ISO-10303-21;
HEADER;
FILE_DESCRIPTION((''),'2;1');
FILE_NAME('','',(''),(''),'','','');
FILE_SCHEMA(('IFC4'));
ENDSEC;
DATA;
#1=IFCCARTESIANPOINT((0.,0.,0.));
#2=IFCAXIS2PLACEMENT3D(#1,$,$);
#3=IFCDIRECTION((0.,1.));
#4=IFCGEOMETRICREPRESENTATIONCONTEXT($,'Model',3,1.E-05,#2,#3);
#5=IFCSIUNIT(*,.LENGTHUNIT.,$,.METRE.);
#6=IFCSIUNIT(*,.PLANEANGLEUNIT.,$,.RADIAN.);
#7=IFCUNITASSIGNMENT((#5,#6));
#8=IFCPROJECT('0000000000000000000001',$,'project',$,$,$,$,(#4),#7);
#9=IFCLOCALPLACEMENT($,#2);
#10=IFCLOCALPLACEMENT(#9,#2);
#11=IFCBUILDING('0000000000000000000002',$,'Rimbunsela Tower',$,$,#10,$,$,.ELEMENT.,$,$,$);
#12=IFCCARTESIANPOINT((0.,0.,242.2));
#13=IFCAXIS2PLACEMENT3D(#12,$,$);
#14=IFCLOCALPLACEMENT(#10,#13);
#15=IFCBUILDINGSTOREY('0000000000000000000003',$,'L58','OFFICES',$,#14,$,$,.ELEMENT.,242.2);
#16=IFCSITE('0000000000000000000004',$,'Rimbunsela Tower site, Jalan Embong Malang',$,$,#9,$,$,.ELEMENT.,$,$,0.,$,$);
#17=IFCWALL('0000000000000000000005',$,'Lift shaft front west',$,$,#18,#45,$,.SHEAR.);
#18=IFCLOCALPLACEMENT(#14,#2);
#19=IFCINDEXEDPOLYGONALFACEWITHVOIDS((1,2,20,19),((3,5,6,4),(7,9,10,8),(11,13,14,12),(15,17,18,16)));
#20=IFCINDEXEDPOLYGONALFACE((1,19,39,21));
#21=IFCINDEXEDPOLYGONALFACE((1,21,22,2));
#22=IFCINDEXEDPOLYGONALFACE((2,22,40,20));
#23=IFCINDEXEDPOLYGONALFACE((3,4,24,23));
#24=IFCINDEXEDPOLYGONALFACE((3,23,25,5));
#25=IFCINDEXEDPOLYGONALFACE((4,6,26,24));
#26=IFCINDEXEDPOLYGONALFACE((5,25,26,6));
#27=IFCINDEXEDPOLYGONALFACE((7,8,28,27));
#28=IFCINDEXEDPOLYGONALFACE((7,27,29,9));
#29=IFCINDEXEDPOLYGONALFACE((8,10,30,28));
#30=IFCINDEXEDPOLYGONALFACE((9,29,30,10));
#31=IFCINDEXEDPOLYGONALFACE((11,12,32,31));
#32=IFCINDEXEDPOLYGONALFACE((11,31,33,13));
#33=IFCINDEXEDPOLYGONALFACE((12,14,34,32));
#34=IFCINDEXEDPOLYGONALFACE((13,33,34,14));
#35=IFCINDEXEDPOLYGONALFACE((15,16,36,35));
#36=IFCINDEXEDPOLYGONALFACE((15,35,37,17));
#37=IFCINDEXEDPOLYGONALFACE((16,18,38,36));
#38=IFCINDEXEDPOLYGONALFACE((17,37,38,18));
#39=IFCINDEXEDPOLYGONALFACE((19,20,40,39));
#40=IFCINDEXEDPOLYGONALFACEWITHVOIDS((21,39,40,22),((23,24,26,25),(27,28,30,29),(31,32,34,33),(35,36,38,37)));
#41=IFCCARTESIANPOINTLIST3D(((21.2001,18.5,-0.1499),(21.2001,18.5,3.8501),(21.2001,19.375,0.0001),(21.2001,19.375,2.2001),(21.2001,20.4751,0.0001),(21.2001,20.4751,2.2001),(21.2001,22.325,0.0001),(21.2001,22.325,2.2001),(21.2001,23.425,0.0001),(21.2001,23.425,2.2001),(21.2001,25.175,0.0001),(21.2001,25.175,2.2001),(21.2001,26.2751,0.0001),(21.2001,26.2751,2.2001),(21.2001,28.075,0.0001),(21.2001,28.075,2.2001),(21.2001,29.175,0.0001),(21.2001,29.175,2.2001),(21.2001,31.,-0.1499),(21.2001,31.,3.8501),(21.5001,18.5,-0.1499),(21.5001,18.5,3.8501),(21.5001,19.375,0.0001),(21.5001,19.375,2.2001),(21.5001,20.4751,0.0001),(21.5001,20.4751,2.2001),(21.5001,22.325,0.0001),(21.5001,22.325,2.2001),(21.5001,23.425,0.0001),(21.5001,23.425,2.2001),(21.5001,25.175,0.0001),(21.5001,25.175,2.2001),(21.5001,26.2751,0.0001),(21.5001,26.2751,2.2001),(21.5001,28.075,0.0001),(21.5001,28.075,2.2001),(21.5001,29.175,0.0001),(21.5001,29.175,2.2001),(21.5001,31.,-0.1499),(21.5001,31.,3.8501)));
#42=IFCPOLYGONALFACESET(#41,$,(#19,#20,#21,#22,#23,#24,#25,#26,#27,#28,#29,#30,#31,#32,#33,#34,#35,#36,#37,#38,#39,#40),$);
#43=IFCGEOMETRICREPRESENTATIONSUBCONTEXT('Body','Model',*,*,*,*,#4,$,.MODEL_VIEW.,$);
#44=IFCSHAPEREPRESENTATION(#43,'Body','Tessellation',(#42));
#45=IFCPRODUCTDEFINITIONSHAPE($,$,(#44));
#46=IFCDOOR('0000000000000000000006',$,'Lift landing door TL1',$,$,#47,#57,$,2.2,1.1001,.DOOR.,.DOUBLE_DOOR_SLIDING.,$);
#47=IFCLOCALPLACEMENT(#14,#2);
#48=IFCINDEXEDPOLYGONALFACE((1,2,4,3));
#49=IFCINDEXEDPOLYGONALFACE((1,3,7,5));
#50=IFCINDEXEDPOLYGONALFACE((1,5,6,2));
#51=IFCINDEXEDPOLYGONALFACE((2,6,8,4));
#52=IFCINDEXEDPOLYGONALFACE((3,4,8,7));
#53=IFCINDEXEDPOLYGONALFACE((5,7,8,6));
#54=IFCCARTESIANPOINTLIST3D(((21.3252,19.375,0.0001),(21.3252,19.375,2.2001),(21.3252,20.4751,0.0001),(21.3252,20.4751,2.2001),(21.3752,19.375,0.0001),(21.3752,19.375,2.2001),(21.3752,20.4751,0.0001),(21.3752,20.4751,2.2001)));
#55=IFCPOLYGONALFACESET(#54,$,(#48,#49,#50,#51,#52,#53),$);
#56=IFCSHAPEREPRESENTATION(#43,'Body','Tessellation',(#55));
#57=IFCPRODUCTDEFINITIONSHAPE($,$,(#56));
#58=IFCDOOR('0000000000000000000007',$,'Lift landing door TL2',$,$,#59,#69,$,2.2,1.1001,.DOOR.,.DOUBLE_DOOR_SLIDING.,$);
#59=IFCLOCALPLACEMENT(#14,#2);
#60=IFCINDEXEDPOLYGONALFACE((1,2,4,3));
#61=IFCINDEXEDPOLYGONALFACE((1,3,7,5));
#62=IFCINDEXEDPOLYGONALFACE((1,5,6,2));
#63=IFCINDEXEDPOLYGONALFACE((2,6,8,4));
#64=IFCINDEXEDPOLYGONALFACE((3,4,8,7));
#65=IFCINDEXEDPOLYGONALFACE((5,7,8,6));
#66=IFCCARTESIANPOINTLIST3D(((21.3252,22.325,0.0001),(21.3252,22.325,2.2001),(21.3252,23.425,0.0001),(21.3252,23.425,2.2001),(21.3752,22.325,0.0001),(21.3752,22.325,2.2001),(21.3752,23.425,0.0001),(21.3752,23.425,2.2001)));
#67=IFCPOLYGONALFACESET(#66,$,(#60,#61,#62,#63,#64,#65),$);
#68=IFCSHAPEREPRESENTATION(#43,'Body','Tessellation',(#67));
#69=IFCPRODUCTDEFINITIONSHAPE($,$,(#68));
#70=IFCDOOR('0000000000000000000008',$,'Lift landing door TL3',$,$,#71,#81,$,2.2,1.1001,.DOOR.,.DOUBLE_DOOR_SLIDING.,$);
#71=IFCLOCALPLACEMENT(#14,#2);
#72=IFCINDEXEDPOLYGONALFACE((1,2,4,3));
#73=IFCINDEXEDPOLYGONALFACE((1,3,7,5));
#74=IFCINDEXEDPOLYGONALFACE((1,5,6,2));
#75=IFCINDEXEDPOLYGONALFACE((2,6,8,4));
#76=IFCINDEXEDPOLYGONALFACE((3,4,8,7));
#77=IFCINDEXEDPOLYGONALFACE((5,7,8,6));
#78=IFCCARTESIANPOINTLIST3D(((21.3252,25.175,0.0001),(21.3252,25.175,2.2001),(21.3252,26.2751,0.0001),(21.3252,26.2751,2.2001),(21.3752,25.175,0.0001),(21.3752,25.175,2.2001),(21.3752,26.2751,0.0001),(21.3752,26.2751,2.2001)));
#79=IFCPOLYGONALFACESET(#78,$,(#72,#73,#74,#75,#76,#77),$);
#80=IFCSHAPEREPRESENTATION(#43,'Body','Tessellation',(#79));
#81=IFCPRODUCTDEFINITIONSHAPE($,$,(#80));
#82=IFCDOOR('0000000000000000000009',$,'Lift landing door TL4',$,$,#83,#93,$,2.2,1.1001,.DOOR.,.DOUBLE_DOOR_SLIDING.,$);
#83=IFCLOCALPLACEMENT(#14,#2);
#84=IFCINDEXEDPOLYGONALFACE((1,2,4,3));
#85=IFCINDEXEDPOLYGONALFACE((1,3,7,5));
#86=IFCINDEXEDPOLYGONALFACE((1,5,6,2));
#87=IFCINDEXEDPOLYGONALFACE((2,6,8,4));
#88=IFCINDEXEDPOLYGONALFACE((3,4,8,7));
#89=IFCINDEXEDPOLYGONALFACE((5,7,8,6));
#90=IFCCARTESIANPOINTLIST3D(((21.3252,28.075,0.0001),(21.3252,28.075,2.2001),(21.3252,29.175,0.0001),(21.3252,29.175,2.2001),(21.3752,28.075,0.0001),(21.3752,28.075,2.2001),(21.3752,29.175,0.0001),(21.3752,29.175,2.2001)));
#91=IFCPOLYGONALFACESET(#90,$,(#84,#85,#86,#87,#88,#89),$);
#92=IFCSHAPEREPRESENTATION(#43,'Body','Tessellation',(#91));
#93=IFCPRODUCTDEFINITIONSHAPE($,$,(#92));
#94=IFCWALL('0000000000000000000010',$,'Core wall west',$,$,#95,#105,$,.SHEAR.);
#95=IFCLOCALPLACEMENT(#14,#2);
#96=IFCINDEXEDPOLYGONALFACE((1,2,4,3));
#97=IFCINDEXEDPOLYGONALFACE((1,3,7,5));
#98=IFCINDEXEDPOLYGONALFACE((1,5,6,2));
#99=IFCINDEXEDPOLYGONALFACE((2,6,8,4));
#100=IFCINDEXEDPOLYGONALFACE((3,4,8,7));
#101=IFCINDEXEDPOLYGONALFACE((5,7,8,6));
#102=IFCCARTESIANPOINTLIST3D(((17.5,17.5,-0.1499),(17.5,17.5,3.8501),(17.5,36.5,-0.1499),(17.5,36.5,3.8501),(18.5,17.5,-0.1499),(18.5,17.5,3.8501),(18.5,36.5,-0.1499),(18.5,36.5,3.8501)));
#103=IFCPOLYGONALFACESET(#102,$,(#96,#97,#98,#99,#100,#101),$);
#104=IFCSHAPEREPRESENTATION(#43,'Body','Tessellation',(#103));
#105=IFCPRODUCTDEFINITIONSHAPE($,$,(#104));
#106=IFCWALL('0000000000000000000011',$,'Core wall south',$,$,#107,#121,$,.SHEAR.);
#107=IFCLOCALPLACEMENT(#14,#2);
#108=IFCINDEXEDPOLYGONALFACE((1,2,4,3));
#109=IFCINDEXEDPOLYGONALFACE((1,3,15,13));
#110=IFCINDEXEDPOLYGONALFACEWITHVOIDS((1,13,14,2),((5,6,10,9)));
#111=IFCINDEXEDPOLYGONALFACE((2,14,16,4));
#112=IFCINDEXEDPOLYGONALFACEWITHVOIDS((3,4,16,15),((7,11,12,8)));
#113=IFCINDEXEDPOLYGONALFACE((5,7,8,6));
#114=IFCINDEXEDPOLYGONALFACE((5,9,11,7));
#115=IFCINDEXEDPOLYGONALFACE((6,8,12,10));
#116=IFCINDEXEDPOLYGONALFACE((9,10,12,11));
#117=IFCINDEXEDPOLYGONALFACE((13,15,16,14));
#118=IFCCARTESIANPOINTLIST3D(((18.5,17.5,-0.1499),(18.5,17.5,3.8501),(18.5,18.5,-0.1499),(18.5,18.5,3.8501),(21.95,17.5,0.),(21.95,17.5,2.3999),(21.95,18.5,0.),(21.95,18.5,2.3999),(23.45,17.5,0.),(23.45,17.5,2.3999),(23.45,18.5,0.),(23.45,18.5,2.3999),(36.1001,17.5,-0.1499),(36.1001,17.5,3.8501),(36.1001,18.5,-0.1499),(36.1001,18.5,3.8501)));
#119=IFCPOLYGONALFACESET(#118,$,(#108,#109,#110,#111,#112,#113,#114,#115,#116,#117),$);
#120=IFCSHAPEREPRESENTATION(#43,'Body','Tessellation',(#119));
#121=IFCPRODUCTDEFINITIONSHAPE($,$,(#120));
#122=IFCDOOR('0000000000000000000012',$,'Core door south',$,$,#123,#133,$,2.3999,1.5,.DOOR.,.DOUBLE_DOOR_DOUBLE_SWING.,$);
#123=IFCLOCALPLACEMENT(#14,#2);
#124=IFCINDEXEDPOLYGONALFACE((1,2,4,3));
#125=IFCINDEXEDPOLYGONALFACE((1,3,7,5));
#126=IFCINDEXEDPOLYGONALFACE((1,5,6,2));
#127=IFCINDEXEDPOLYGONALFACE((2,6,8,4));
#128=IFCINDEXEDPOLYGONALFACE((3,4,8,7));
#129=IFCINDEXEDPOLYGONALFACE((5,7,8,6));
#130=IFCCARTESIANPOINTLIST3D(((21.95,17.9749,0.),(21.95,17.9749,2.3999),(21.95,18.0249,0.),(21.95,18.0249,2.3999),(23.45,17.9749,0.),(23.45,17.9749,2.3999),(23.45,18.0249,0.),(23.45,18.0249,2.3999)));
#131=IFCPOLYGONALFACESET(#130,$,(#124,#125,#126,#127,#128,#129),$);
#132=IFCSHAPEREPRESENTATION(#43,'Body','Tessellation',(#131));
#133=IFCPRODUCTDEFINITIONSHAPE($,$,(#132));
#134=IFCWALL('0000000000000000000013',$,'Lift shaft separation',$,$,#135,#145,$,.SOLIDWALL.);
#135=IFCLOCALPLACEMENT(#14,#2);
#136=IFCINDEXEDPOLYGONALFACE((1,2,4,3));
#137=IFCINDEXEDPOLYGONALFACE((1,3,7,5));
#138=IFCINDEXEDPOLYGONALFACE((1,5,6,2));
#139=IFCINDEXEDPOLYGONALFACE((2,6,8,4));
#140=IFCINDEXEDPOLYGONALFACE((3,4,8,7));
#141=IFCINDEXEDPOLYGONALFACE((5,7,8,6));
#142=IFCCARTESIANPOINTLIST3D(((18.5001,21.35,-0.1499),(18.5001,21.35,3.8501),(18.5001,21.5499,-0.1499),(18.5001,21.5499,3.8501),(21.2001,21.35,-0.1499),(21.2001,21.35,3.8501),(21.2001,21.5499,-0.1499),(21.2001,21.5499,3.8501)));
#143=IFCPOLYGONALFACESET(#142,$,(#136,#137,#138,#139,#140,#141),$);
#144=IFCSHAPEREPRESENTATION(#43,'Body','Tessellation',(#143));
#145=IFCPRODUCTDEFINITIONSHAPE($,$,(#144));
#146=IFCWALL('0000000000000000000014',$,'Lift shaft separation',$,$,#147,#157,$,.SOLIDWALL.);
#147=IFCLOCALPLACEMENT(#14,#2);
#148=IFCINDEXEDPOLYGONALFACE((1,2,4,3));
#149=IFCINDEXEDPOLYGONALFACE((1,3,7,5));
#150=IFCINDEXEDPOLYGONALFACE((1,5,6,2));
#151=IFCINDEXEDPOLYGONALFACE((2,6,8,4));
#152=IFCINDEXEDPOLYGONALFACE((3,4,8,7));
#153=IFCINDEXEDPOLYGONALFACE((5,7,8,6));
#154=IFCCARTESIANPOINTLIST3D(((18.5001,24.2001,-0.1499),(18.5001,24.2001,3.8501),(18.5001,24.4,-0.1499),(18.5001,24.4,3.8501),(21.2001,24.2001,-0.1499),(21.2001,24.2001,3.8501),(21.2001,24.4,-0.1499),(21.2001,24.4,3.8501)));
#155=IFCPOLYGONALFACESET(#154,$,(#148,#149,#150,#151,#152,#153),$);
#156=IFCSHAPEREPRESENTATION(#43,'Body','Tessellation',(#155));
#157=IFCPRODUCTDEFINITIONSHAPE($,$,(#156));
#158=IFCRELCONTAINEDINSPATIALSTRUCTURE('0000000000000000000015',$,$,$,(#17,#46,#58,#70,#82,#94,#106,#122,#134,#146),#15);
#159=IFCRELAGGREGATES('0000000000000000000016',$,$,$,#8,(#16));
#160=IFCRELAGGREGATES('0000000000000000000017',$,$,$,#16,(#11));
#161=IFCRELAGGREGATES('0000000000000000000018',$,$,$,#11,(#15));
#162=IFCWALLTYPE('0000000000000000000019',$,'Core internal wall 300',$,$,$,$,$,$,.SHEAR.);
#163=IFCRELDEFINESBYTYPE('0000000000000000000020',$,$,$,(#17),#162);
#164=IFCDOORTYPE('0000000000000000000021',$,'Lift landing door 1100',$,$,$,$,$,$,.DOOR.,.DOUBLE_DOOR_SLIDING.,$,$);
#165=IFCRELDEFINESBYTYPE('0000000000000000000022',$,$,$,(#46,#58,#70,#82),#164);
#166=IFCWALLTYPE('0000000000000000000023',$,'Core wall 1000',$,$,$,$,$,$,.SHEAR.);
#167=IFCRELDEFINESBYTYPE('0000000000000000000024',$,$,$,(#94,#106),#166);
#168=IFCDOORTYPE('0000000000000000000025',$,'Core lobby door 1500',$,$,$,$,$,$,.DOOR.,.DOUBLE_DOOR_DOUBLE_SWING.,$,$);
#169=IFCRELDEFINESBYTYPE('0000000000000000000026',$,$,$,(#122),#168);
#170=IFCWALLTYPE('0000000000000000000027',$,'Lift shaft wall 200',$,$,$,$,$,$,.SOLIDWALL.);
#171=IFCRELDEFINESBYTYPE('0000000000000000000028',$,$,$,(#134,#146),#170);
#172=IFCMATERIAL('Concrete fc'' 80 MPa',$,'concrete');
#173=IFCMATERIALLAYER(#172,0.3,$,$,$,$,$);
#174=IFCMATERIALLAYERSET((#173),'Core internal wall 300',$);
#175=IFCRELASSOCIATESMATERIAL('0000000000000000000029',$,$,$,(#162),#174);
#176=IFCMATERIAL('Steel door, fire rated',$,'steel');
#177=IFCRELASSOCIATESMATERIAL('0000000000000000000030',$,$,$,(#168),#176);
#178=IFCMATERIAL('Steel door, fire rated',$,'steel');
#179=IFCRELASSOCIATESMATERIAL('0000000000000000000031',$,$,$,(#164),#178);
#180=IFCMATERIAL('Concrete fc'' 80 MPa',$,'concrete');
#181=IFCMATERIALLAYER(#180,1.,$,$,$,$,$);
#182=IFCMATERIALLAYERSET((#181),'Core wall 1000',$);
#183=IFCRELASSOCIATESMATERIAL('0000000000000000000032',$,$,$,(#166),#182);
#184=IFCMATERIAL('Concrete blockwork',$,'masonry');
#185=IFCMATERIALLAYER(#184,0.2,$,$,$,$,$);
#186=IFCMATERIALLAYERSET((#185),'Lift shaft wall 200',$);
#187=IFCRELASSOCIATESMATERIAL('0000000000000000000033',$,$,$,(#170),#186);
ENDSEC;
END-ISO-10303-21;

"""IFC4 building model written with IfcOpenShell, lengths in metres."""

from ifc_helpers import new_model, si_unit, direction, frame, frame_2d, origin, place, context, subcontext, project, spatial, rectangle, extrude, material, layer, layer_set, type_object, element, fill, save


model = new_model("IFC4")

# Units and contexts
model_context = context("Model", 3, precision=1e-05, world=origin(), true_north=direction((0.0, 1.0)))
body_context = subcontext(model_context, "Body", "Model", "MODEL_VIEW")
ifc_project = project(units=[si_unit("LENGTHUNIT", "METRE"), si_unit("PLANEANGLEUNIT", "RADIAN")], contexts=[model_context])

# Site, building, storey
site_placement = place(None, origin())
site = spatial("IfcSite", under=ifc_project, at=site_placement, Name="Rimbunsela Tower site, Jalan Embong Malang", CompositionType="ELEMENT", RefElevation=0.0)
building_placement = place(site_placement, origin())
building = spatial("IfcBuilding", under=site, at=building_placement, Name="Rimbunsela Tower", CompositionType="ELEMENT")
storey_placement = place(building_placement, frame((0.0, 0.0, 242.2)))
storey = spatial("IfcBuildingStorey", under=building, at=storey_placement, Name="L58", Description="OFFICES", CompositionType="ELEMENT", Elevation=242.2)

# Shared definitions
ifc_material_1 = material(Name="Concrete fc' 80 MPa", Category="concrete")
ifc_layer_1 = layer(ifc_material_1, 0.3)
ifc_layer_set_1 = layer_set([ifc_layer_1], Name="Core internal wall 300")
wall_type_1 = type_object("IfcWallType", Name="Core internal wall 300", PredefinedType="SHEAR", material=ifc_layer_set_1)
ifc_material_2 = material(Name="Steel door, fire rated", Category="steel")
door_type_1 = type_object("IfcDoorType", Name="Core lobby door 1500", OperationType="DOUBLE_DOOR_DOUBLE_SWING", PredefinedType="DOOR", material=ifc_material_2)

# Wall, openings, doors
wall_1_placement = place(storey_placement, frame((21.3501, 18.5, -0.1499), z_axis=(0.0, 0.0, 1.0), x_axis=(0.0, 1.0, 0.0)))
wall_1 = element("IfcWall", 1, at=wall_1_placement, inside=storey, type_object=wall_type_1, Name="Lift shaft front west", PredefinedType="SHEAR", context=body_context, shape_type="SweptSolid", body=[
    extrude(rectangle(XDim=12.5, YDim=0.3, at=frame_2d((6.25, 0.0))), origin(), (0.0, 0.0, 1.0), 4.0),
])
opening_1_placement = place(wall_1_placement, frame((0.875, 0.0, 0.1499)))
opening_1 = element("IfcOpeningElement", 2, at=opening_1_placement, cuts=wall_1, PredefinedType="OPENING", context=body_context, shape_type="SweptSolid", body=[
    extrude(rectangle(XDim=1.1001, YDim=2.2, at=frame_2d((0.55, 1.1001))), frame((0.0, 0.1599, 0.0), z_axis=(0.0, -1.0, 0.0), x_axis=(1.0, 0.0, 0.0)), (0.0, 0.0, 1.0), 0.3201),
])
opening_2_placement = place(wall_1_placement, frame((3.825, 0.0, 0.1499)))
opening_2 = element("IfcOpeningElement", 3, at=opening_2_placement, cuts=wall_1, PredefinedType="OPENING", context=body_context, shape_type="SweptSolid", body=[
    extrude(rectangle(XDim=1.1001, YDim=2.2, at=frame_2d((0.55, 1.1001))), frame((0.0, 0.1599, 0.0), z_axis=(0.0, -1.0, 0.0), x_axis=(1.0, 0.0, 0.0)), (0.0, 0.0, 1.0), 0.3201),
])
opening_3_placement = place(wall_1_placement, frame((6.675, 0.0, 0.1499)))
opening_3 = element("IfcOpeningElement", 4, at=opening_3_placement, cuts=wall_1, PredefinedType="OPENING", context=body_context, shape_type="SweptSolid", body=[
    extrude(rectangle(XDim=1.1001, YDim=2.2, at=frame_2d((0.55, 1.1001))), frame((0.0, 0.1599, 0.0), z_axis=(0.0, -1.0, 0.0), x_axis=(1.0, 0.0, 0.0)), (0.0, 0.0, 1.0), 0.3201),
])
opening_4_placement = place(wall_1_placement, frame((9.575, 0.0, 0.1499)))
opening_4 = element("IfcOpeningElement", 5, at=opening_4_placement, cuts=wall_1, PredefinedType="OPENING", context=body_context, shape_type="SweptSolid", body=[
    extrude(rectangle(XDim=1.1001, YDim=2.2, at=frame_2d((0.55, 1.1001))), frame((0.0, 0.1599, 0.0), z_axis=(0.0, -1.0, 0.0), x_axis=(1.0, 0.0, 0.0)), (0.0, 0.0, 1.0), 0.3201),
])
ifc_material_3 = material(Name="Steel door, fire rated", Category="steel")
door_type_2 = type_object("IfcDoorType", Name="Lift landing door 1100", OperationType="DOUBLE_DOOR_SLIDING", PredefinedType="DOOR", material=ifc_material_3)
door_1_placement = place(opening_1_placement, origin())
door_1 = element("IfcDoor", 6, at=door_1_placement, inside=storey, type_object=door_type_2, Name="Lift landing door TL1", OperationType="DOUBLE_DOOR_SLIDING", OverallHeight=2.2, OverallWidth=1.1001, PredefinedType="DOOR", context=body_context, shape_type="SweptSolid", body=[
    extrude(rectangle(XDim=1.1001, YDim=2.2, at=frame_2d((0.55, 1.1001))), frame((0.0, 0.0249, 0.0), z_axis=(0.0, -1.0, 0.0), x_axis=(1.0, 0.0, 0.0)), (0.0, 0.0, 1.0), 0.05),
])
fill(opening_1, door_1)
door_2_placement = place(opening_2_placement, origin())
door_2 = element("IfcDoor", 7, at=door_2_placement, inside=storey, type_object=door_type_2, Name="Lift landing door TL2", OperationType="DOUBLE_DOOR_SLIDING", OverallHeight=2.2, OverallWidth=1.1001, PredefinedType="DOOR", context=body_context, shape_type="SweptSolid", body=[
    extrude(rectangle(XDim=1.1001, YDim=2.2, at=frame_2d((0.55, 1.1001))), frame((0.0, 0.0249, 0.0), z_axis=(0.0, -1.0, 0.0), x_axis=(1.0, 0.0, 0.0)), (0.0, 0.0, 1.0), 0.05),
])
fill(opening_2, door_2)
door_3_placement = place(opening_3_placement, origin())
door_3 = element("IfcDoor", 8, at=door_3_placement, inside=storey, type_object=door_type_2, Name="Lift landing door TL3", OperationType="DOUBLE_DOOR_SLIDING", OverallHeight=2.2, OverallWidth=1.1001, PredefinedType="DOOR", context=body_context, shape_type="SweptSolid", body=[
    extrude(rectangle(XDim=1.1001, YDim=2.2, at=frame_2d((0.55, 1.1001))), frame((0.0, 0.0249, 0.0), z_axis=(0.0, -1.0, 0.0), x_axis=(1.0, 0.0, 0.0)), (0.0, 0.0, 1.0), 0.05),
])
fill(opening_3, door_3)
door_4_placement = place(opening_4_placement, origin())
door_4 = element("IfcDoor", 9, at=door_4_placement, inside=storey, type_object=door_type_2, Name="Lift landing door TL4", OperationType="DOUBLE_DOOR_SLIDING", OverallHeight=2.2, OverallWidth=1.1001, PredefinedType="DOOR", context=body_context, shape_type="SweptSolid", body=[
    extrude(rectangle(XDim=1.1001, YDim=2.2, at=frame_2d((0.55, 1.1001))), frame((0.0, 0.0249, 0.0), z_axis=(0.0, -1.0, 0.0), x_axis=(1.0, 0.0, 0.0)), (0.0, 0.0, 1.0), 0.05),
])
fill(opening_4, door_4)

# Wall
ifc_material_4 = material(Name="Concrete fc' 80 MPa", Category="concrete")
ifc_layer_2 = layer(ifc_material_4, 1.0)
ifc_layer_set_2 = layer_set([ifc_layer_2], Name="Core wall 1000")
wall_type_2 = type_object("IfcWallType", Name="Core wall 1000", PredefinedType="SHEAR", material=ifc_layer_set_2)
wall_2_placement = place(storey_placement, frame((18.0, 17.5, -0.1499), z_axis=(0.0, 0.0, 1.0), x_axis=(0.0, 1.0, 0.0)))
element("IfcWall", 10, at=wall_2_placement, inside=storey, type_object=wall_type_2, Name="Core wall west", PredefinedType="SHEAR", context=body_context, shape_type="SweptSolid", body=[
    extrude(rectangle(XDim=19.0, YDim=1.0, at=frame_2d((9.5, 0.0))), origin(), (0.0, 0.0, 1.0), 4.0),
])

# Wall, opening, door
wall_3_placement = place(storey_placement, frame((18.5, 18.0, -0.1499), z_axis=(0.0, 0.0, 1.0), x_axis=(1.0, 0.0, 0.0)))
wall_3 = element("IfcWall", 11, at=wall_3_placement, inside=storey, type_object=wall_type_2, Name="Core wall south", PredefinedType="SHEAR", context=body_context, shape_type="SweptSolid", body=[
    extrude(rectangle(XDim=17.6001, YDim=1.0, at=frame_2d((8.8, 0.0))), origin(), (0.0, 0.0, 1.0), 4.0),
])
opening_5_placement = place(wall_3_placement, frame((3.45, 0.0, 0.1499)))
opening_5 = element("IfcOpeningElement", 12, at=opening_5_placement, cuts=wall_3, PredefinedType="OPENING", context=body_context, shape_type="SweptSolid", body=[
    extrude(rectangle(XDim=1.5, YDim=2.3999, at=frame_2d((0.75, 1.2))), frame((0.0, 0.51, 0.0), z_axis=(0.0, -1.0, 0.0), x_axis=(1.0, 0.0, 0.0)), (0.0, 0.0, 1.0), 1.02),
])
door_5_placement = place(opening_5_placement, origin())
door_5 = element("IfcDoor", 13, at=door_5_placement, inside=storey, type_object=door_type_1, Name="Core door south", OperationType="DOUBLE_DOOR_DOUBLE_SWING", OverallHeight=2.3999, OverallWidth=1.5, PredefinedType="DOOR", context=body_context, shape_type="SweptSolid", body=[
    extrude(rectangle(XDim=1.5, YDim=2.3999, at=frame_2d((0.75, 1.2))), frame((0.0, 0.0249, 0.0), z_axis=(0.0, -1.0, 0.0), x_axis=(1.0, 0.0, 0.0)), (0.0, 0.0, 1.0), 0.05),
])
fill(opening_5, door_5)

# Walls
ifc_material_5 = material(Name="Concrete blockwork", Category="masonry")
ifc_layer_3 = layer(ifc_material_5, 0.2)
ifc_layer_set_3 = layer_set([ifc_layer_3], Name="Lift shaft wall 200")
wall_type_3 = type_object("IfcWallType", Name="Lift shaft wall 200", PredefinedType="SOLIDWALL", material=ifc_layer_set_3)
for number, where, z_axis, x_axis, name in (
    (14, (18.5, 21.45, -0.1499), (0.0, 0.0, 1.0), (1.0, 0.0, 0.0), "Lift shaft separation"),
    (15, (18.5, 24.3, -0.1499), (0.0, 0.0, 1.0), (1.0, 0.0, 0.0), "Lift shaft separation"),
):
    element("IfcWall", number, at=place(storey_placement, frame(where, z_axis=z_axis, x_axis=x_axis)), inside=storey, type_object=wall_type_3, Name=name, PredefinedType="SOLIDWALL", context=body_context, shape_type="SweptSolid", body=[
        extrude(rectangle(XDim=2.7, YDim=0.2, at=frame_2d((1.3501, 0.0))), origin(), (0.0, 0.0, 1.0), 4.0),
    ])

save(model, "model.ifc")
